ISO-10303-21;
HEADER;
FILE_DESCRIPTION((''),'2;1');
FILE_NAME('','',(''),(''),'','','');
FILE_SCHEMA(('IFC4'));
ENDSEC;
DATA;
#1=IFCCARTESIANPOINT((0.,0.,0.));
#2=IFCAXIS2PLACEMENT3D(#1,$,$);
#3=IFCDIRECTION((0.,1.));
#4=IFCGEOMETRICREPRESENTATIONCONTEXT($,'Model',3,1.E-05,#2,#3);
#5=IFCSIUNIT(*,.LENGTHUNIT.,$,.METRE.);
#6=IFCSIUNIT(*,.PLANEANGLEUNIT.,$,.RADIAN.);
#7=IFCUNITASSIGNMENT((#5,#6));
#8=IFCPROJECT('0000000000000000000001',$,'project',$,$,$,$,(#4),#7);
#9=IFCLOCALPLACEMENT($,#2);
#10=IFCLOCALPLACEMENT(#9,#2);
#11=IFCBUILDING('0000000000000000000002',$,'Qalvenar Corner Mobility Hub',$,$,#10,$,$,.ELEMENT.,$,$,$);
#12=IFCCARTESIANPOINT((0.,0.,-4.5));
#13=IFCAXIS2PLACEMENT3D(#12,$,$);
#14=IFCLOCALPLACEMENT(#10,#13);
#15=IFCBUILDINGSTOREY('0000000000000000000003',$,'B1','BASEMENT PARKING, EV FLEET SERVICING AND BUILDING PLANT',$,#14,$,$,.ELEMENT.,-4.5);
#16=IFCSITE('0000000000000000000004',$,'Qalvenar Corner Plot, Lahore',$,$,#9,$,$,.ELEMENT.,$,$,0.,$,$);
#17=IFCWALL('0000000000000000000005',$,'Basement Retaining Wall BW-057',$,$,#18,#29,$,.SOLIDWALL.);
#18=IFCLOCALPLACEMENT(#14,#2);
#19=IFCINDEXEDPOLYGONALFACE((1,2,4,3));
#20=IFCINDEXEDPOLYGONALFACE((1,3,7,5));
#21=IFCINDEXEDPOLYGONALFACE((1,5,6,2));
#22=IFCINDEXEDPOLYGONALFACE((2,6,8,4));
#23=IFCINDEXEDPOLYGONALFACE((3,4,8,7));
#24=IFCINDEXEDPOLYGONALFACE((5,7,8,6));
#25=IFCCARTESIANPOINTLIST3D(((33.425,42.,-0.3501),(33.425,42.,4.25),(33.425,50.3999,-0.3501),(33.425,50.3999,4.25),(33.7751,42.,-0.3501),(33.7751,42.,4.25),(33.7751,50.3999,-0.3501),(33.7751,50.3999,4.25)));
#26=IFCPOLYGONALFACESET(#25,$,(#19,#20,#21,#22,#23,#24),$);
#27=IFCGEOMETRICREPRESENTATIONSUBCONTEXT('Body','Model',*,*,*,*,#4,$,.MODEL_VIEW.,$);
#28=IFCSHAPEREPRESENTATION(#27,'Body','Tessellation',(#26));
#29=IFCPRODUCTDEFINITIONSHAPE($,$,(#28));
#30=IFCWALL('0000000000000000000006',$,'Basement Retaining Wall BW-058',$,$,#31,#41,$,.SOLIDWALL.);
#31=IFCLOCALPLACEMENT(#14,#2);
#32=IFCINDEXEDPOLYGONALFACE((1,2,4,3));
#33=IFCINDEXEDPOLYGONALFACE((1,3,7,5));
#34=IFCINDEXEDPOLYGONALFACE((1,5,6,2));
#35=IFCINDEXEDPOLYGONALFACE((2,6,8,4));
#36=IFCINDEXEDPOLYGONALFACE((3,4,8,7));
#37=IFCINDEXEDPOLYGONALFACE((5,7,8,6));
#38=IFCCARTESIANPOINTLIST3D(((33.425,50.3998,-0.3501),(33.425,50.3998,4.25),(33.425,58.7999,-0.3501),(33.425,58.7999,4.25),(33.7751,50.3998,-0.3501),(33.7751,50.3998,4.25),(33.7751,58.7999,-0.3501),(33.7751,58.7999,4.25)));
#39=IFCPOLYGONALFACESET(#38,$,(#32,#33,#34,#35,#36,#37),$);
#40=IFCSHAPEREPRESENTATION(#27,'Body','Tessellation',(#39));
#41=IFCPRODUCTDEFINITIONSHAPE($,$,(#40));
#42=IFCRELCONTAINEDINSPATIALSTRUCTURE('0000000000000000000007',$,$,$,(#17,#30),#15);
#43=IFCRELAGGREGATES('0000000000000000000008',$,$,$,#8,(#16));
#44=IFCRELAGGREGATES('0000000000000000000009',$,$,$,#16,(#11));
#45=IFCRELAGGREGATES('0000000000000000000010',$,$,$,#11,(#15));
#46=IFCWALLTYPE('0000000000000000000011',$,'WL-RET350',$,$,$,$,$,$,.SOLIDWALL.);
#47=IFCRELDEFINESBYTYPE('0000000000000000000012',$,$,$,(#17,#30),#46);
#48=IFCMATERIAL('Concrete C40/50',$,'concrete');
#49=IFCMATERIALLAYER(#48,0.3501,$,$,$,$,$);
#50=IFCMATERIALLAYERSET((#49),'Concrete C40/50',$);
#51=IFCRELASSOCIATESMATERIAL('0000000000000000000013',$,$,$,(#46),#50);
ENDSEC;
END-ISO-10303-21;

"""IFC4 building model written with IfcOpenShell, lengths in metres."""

from ifc_helpers import new_model, si_unit, direction, frame, frame_2d, origin, place, context, subcontext, project, spatial, rectangle, extrude, material, layer, layer_set, type_object, element, save


model = new_model("IFC4")

# Units and contexts
model_context = context("Model", 3, precision=1e-05, world=origin(), true_north=direction((0.0, 1.0)))
body_context = subcontext(model_context, "Body", "Model", "MODEL_VIEW")
ifc_project = project(units=[si_unit("LENGTHUNIT", "METRE"), si_unit("PLANEANGLEUNIT", "RADIAN")], contexts=[model_context])

# Site, building, storey
site_placement = place(None, origin())
site = spatial("IfcSite", under=ifc_project, at=site_placement, Name="Qalvenar Corner Plot, Lahore", CompositionType="ELEMENT", RefElevation=0.0)
building_placement = place(site_placement, origin())
building = spatial("IfcBuilding", under=site, at=building_placement, Name="Qalvenar Corner Mobility Hub", CompositionType="ELEMENT")
storey_placement = place(building_placement, frame((0.0, 0.0, -4.5)))
storey = spatial("IfcBuildingStorey", under=building, at=storey_placement, Name="B1", Description="BASEMENT PARKING, EV FLEET SERVICING AND BUILDING PLANT", CompositionType="ELEMENT", Elevation=-4.5)

# Shared definitions
ifc_material_1 = material(Name="Concrete C40/50", Category="concrete")

# Walls
ifc_layer = layer(ifc_material_1, 0.3501)
ifc_layer_set = layer_set([ifc_layer], Name="Concrete C40/50")
wall_type = type_object("IfcWallType", Name="WL-RET350", PredefinedType="SOLIDWALL", material=ifc_layer_set)
wall_1_placement = place(storey_placement, frame((33.6001, 50.3999, -0.3501), z_axis=(0.0, 0.0, 1.0), x_axis=(0.0, -1.0, 0.0)))
element("IfcWall", 1, at=wall_1_placement, inside=storey, type_object=wall_type, Name="Basement Retaining Wall BW-057", PredefinedType="SOLIDWALL", context=body_context, shape_type="SweptSolid", body=[
    extrude(rectangle(XDim=8.3999, YDim=0.3501, at=frame_2d((4.2, 0.0))), origin(), (0.0, 0.0, 1.0), 4.6001),
])
wall_2_placement = place(storey_placement, frame((33.6001, 58.8, -0.3501), z_axis=(0.0, 0.0, 1.0), x_axis=(0.0, -1.0, 0.0)))
element("IfcWall", 2, at=wall_2_placement, inside=storey, type_object=wall_type, Name="Basement Retaining Wall BW-058", PredefinedType="SOLIDWALL", context=body_context, shape_type="SweptSolid", body=[
    extrude(rectangle(XDim=8.4001, YDim=0.3501, at=frame_2d((4.2002, 0.0))), origin(), (0.0, 0.0, 1.0), 4.6001),
])

save(model, "model.ifc")
